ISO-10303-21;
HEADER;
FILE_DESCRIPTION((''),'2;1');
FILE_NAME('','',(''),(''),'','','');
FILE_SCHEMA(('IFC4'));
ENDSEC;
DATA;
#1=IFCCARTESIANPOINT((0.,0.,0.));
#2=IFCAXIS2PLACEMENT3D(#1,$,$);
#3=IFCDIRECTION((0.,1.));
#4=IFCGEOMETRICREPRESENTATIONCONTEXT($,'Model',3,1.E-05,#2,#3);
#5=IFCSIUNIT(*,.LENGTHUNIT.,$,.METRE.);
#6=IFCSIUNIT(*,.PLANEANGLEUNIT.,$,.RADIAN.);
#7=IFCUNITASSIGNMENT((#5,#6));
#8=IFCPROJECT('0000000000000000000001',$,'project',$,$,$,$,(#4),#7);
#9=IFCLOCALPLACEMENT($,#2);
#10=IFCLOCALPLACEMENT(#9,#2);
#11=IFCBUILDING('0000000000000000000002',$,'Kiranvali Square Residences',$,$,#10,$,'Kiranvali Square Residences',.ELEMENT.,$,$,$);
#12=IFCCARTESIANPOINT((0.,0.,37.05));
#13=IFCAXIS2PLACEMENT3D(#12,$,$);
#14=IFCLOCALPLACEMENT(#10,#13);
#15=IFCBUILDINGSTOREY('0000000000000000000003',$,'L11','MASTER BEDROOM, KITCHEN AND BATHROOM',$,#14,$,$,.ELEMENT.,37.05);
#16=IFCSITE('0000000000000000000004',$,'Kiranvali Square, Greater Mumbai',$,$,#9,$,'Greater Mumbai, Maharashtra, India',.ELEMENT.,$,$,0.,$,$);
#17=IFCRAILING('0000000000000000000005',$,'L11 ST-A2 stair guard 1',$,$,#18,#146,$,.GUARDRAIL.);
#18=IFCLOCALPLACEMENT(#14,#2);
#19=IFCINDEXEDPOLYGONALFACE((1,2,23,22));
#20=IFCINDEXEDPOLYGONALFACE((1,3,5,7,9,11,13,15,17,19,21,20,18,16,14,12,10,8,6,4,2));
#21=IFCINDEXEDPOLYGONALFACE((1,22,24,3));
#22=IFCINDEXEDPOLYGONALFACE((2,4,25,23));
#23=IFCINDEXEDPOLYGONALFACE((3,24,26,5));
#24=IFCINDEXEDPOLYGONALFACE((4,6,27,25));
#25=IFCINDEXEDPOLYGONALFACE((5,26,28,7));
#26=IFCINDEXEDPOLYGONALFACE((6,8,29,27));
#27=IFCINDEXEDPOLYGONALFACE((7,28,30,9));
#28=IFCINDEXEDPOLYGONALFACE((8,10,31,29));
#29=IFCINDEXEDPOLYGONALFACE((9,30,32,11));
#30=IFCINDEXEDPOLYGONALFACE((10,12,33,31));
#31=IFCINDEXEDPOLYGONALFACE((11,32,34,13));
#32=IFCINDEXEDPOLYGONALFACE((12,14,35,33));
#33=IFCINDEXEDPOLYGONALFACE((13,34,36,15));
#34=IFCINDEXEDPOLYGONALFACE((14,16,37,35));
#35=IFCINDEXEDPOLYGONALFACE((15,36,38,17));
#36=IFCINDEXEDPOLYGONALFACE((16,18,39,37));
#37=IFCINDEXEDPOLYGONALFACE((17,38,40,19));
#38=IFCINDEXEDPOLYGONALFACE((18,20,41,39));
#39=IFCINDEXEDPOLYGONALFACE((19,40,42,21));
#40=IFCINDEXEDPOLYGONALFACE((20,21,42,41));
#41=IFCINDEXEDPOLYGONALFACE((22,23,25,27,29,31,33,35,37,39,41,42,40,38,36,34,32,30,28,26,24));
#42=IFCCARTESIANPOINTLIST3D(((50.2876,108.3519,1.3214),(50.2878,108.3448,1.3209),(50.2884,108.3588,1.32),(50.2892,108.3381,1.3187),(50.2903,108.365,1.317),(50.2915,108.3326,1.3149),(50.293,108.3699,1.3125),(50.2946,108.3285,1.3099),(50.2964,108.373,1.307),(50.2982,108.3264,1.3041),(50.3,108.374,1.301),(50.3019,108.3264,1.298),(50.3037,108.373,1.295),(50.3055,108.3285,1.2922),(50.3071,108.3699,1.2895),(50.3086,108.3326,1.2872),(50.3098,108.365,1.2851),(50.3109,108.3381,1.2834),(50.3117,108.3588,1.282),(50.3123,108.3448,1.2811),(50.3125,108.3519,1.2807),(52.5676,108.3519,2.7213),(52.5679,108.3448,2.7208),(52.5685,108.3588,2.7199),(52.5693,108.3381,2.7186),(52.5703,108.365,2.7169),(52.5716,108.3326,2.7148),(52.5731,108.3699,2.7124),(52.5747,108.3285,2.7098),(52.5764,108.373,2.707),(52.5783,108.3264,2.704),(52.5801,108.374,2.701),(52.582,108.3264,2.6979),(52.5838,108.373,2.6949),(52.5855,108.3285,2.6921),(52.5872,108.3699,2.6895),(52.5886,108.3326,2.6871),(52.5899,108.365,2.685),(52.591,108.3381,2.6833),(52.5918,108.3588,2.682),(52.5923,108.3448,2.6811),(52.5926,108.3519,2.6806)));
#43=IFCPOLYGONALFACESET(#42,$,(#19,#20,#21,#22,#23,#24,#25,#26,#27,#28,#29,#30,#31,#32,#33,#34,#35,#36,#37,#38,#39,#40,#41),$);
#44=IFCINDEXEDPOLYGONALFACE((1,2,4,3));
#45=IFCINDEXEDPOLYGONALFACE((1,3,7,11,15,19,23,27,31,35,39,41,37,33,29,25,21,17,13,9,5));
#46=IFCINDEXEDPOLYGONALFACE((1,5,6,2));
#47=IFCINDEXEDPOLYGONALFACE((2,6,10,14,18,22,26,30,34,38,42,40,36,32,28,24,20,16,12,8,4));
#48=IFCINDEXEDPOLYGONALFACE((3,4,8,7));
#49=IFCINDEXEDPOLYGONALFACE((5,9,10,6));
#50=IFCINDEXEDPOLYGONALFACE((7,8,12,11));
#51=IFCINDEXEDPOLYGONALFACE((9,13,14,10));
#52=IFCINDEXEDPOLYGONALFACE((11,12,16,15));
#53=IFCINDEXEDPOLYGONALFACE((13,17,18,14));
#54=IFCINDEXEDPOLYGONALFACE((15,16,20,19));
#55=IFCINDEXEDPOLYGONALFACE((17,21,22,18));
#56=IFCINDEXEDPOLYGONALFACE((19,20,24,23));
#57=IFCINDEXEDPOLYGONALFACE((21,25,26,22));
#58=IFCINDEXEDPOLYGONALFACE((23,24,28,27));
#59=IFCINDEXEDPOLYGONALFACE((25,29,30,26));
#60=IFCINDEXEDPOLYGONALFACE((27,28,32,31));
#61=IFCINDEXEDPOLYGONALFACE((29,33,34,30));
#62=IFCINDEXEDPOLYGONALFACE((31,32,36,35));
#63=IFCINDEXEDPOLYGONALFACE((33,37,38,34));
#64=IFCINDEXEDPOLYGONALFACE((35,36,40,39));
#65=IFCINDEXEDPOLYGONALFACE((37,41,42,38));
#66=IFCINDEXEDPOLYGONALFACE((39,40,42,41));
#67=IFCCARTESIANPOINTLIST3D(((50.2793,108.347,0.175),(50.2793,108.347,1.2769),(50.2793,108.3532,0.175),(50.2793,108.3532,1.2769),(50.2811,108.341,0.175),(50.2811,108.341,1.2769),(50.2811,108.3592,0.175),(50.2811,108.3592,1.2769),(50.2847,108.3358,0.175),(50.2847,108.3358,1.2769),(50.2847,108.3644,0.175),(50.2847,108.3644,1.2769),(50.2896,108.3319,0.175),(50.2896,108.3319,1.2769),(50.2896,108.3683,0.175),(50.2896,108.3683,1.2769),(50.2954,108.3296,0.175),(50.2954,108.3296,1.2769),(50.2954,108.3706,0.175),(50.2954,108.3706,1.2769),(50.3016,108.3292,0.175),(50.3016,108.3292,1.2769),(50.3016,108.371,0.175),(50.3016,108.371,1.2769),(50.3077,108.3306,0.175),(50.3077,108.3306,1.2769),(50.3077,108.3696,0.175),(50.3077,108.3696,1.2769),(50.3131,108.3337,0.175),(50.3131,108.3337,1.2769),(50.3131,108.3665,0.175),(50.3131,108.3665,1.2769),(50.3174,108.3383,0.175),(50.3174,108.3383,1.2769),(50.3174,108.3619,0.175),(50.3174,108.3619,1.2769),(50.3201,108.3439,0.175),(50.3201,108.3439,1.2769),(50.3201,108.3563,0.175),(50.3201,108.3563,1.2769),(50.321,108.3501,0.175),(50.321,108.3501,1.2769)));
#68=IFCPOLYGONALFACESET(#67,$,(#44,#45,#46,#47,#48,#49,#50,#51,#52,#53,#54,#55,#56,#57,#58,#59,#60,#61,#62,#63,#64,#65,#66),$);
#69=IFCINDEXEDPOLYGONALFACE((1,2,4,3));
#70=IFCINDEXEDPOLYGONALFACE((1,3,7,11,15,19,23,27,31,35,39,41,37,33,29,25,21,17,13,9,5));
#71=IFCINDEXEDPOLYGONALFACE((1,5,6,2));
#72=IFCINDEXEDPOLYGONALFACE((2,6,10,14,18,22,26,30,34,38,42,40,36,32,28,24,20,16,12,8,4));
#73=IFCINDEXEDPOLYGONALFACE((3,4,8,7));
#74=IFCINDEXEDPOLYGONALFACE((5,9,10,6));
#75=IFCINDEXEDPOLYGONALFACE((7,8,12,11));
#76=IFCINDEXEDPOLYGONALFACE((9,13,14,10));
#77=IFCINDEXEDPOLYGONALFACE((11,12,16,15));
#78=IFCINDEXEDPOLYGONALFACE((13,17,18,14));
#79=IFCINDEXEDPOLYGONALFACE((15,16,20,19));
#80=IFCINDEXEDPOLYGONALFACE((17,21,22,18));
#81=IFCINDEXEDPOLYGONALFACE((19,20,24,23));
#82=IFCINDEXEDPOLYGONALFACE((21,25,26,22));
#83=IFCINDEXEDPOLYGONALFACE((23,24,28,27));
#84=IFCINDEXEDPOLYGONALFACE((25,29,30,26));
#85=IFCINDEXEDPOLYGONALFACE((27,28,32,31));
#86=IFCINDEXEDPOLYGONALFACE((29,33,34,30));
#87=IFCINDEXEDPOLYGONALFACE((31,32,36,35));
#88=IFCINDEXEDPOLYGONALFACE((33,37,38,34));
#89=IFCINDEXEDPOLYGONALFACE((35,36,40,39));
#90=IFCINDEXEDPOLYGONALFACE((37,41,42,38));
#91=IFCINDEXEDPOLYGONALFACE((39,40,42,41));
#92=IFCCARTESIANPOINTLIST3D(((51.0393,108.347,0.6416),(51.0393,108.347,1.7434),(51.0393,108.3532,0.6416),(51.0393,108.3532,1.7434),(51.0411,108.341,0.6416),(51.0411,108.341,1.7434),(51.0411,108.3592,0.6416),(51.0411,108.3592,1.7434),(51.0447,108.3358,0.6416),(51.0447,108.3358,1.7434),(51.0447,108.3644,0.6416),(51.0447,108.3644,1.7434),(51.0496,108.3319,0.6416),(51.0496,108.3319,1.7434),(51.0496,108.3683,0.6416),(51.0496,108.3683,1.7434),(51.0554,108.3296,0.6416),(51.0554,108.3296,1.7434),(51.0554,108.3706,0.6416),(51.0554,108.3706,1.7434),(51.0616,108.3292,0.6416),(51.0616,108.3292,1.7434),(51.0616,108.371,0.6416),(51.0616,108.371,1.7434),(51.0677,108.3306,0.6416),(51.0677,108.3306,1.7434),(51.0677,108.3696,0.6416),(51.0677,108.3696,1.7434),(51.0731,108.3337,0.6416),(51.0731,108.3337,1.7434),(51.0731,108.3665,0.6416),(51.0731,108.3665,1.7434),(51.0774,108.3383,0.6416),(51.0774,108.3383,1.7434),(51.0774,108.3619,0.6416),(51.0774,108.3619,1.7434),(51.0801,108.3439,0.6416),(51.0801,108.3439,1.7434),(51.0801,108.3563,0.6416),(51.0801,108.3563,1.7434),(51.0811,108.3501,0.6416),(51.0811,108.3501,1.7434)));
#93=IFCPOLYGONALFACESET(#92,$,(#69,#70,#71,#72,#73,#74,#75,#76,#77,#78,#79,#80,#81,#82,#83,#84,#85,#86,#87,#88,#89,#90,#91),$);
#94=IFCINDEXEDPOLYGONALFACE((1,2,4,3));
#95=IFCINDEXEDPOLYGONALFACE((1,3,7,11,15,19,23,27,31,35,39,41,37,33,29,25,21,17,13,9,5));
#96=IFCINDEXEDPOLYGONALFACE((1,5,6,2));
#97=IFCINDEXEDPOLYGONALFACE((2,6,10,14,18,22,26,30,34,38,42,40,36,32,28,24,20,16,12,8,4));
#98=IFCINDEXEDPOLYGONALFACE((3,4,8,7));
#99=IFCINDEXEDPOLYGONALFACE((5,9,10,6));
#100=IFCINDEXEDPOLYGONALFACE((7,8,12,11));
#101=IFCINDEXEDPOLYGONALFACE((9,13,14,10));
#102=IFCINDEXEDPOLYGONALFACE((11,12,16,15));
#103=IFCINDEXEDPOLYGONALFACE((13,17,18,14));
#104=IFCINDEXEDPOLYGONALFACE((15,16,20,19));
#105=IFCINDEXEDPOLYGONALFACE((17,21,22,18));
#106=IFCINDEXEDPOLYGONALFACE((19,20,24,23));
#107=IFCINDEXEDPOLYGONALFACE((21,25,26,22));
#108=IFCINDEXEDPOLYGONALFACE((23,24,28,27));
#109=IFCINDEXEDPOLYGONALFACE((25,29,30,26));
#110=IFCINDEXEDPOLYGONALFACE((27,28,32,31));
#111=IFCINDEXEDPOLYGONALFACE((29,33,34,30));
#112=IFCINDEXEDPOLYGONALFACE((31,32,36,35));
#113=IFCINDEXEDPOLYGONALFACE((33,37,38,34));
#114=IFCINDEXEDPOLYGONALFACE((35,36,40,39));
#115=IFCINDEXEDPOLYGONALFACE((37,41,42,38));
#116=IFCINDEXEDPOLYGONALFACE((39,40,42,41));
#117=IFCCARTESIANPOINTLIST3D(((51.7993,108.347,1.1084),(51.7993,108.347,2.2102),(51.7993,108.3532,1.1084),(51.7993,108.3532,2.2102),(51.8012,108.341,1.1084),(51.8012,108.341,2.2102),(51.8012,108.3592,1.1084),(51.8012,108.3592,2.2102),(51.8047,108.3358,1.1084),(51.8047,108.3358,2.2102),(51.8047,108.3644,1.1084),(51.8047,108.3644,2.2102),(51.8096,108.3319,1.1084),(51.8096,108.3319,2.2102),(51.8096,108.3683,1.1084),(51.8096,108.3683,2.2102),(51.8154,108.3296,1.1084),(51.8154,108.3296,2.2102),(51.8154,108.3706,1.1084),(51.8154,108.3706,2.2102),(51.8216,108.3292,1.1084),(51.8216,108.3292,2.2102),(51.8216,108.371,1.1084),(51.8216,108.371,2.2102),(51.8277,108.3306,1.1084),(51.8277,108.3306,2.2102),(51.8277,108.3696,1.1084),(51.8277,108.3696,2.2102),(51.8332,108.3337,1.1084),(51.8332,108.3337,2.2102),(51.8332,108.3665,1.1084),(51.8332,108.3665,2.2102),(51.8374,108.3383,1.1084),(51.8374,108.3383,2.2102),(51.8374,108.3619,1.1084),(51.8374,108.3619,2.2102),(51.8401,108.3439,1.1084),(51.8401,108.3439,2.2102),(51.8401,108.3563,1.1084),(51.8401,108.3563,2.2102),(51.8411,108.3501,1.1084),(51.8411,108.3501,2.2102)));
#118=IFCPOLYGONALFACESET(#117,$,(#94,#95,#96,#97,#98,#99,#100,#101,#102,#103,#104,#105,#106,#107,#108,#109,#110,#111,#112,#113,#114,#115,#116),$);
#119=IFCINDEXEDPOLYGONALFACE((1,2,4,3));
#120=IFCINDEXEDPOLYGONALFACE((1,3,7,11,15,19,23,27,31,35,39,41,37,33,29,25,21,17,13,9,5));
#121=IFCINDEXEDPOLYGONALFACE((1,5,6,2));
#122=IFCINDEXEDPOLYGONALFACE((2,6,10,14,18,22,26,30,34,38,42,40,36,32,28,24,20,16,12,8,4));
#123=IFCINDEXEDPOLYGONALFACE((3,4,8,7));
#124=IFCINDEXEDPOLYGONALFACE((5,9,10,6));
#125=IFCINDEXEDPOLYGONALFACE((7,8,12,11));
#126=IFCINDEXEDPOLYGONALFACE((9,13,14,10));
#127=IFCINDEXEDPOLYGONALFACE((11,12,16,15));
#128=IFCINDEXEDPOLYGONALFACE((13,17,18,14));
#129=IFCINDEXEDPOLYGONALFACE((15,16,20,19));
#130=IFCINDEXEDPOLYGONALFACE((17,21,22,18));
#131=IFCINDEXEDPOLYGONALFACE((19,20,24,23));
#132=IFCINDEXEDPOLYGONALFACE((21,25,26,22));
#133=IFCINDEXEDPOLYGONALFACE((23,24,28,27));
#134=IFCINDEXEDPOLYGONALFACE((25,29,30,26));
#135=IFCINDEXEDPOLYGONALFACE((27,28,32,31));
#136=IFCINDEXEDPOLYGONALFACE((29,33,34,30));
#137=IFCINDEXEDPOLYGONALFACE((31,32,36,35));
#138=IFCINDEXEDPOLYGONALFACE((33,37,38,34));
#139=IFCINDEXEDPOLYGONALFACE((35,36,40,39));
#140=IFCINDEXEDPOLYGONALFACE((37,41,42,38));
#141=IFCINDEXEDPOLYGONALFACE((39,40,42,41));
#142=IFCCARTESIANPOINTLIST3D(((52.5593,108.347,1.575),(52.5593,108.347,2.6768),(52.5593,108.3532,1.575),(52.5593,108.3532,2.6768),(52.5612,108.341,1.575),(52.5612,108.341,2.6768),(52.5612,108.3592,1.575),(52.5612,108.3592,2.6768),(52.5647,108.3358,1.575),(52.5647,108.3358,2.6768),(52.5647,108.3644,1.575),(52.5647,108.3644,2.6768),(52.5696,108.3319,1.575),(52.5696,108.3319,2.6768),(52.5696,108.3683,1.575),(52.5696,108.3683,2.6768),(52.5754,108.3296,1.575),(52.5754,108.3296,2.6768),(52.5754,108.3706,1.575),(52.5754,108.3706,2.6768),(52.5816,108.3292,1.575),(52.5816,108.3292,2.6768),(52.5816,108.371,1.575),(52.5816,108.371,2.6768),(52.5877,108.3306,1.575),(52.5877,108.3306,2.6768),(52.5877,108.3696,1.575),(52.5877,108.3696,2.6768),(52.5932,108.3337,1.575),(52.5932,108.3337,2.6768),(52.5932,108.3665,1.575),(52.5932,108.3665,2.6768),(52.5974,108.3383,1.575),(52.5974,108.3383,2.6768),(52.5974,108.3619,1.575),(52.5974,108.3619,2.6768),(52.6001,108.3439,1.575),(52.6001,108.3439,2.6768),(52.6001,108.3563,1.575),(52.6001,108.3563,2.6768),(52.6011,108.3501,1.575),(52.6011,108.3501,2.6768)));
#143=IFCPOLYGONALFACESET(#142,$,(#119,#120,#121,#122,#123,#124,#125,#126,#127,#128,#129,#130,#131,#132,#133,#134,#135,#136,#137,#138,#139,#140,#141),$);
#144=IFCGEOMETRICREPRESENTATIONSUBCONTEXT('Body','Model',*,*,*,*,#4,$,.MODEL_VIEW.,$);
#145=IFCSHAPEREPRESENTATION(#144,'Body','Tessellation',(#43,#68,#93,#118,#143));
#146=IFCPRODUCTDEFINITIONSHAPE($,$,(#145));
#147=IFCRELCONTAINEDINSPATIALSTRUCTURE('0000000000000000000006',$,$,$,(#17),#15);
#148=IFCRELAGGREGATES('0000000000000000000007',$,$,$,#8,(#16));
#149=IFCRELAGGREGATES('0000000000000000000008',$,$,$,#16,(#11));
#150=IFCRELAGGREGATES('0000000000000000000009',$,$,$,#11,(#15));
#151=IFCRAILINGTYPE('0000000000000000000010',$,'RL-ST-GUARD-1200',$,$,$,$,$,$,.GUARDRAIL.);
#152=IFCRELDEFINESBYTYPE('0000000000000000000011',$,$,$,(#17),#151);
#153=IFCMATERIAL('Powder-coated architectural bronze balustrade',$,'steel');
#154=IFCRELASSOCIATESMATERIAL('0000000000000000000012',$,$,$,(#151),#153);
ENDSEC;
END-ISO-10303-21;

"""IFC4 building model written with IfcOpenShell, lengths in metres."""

from ifc_helpers import new_model, si_unit, direction, frame, origin, origin_2d, place, context, subcontext, project, spatial, circle, extrude, material, type_object, element, save


model = new_model("IFC4")

# Units and contexts
model_context = context("Model", 3, precision=1e-05, world=origin(), true_north=direction((0.0, 1.0)))
body_context = subcontext(model_context, "Body", "Model", "MODEL_VIEW")
ifc_project = project(units=[si_unit("LENGTHUNIT", "METRE"), si_unit("PLANEANGLEUNIT", "RADIAN")], contexts=[model_context])

# Site, building, storey
site_placement = place(None, origin())
site = spatial("IfcSite", under=ifc_project, at=site_placement, Name="Kiranvali Square, Greater Mumbai", LongName="Greater Mumbai, Maharashtra, India", CompositionType="ELEMENT", RefElevation=0.0)
building_placement = place(site_placement, origin())
building = spatial("IfcBuilding", under=site, at=building_placement, Name="Kiranvali Square Residences", LongName="Kiranvali Square Residences", CompositionType="ELEMENT")
storey_placement = place(building_placement, frame((0.0, 0.0, 37.05)))
storey = spatial("IfcBuildingStorey", under=building, at=storey_placement, Name="L11", Description="MASTER BEDROOM, KITCHEN AND BATHROOM", CompositionType="ELEMENT", Elevation=37.05)

# Railing
ifc_material_1 = material(Name="Powder-coated architectural bronze balustrade", Category="steel")
railing_type_1 = type_object("IfcRailingType", Name="RL-ST-GUARD-1200", PredefinedType="GUARDRAIL", material=ifc_material_1)
railing_1_placement = place(storey_placement, frame((50.3, 108.3501, 0.175)))
element("IfcRailing", 1, at=railing_1_placement, inside=storey, type_object=railing_type_1, Name="L11 ST-A2 stair guard 1", PredefinedType="GUARDRAIL", context=body_context, shape_type="SweptSolid", body=[
    extrude(circle(Radius=0.0239, at=origin_2d()), frame((0.0, 0.0, 1.126), z_axis=(0.85219, 0.0, 0.523232), x_axis=(0.0, 1.0, 0.0)), (0.0, 0.0, 1.0), 2.6755),
    extrude(circle(Radius=0.021, at=origin_2d()), origin(), (0.0, 0.0, 1.0), 1.1018),
    extrude(circle(Radius=0.021, at=origin_2d()), frame((0.76, 0.0, 0.4666)), (0.0, 0.0, 1.0), 1.1018),
    extrude(circle(Radius=0.021, at=origin_2d()), frame((1.52, 0.0, 0.9333)), (0.0, 0.0, 1.0), 1.1018),
    extrude(circle(Radius=0.021, at=origin_2d()), frame((2.28, 0.0, 1.3999)), (0.0, 0.0, 1.0), 1.1018),
])

save(model, "model.ifc")
